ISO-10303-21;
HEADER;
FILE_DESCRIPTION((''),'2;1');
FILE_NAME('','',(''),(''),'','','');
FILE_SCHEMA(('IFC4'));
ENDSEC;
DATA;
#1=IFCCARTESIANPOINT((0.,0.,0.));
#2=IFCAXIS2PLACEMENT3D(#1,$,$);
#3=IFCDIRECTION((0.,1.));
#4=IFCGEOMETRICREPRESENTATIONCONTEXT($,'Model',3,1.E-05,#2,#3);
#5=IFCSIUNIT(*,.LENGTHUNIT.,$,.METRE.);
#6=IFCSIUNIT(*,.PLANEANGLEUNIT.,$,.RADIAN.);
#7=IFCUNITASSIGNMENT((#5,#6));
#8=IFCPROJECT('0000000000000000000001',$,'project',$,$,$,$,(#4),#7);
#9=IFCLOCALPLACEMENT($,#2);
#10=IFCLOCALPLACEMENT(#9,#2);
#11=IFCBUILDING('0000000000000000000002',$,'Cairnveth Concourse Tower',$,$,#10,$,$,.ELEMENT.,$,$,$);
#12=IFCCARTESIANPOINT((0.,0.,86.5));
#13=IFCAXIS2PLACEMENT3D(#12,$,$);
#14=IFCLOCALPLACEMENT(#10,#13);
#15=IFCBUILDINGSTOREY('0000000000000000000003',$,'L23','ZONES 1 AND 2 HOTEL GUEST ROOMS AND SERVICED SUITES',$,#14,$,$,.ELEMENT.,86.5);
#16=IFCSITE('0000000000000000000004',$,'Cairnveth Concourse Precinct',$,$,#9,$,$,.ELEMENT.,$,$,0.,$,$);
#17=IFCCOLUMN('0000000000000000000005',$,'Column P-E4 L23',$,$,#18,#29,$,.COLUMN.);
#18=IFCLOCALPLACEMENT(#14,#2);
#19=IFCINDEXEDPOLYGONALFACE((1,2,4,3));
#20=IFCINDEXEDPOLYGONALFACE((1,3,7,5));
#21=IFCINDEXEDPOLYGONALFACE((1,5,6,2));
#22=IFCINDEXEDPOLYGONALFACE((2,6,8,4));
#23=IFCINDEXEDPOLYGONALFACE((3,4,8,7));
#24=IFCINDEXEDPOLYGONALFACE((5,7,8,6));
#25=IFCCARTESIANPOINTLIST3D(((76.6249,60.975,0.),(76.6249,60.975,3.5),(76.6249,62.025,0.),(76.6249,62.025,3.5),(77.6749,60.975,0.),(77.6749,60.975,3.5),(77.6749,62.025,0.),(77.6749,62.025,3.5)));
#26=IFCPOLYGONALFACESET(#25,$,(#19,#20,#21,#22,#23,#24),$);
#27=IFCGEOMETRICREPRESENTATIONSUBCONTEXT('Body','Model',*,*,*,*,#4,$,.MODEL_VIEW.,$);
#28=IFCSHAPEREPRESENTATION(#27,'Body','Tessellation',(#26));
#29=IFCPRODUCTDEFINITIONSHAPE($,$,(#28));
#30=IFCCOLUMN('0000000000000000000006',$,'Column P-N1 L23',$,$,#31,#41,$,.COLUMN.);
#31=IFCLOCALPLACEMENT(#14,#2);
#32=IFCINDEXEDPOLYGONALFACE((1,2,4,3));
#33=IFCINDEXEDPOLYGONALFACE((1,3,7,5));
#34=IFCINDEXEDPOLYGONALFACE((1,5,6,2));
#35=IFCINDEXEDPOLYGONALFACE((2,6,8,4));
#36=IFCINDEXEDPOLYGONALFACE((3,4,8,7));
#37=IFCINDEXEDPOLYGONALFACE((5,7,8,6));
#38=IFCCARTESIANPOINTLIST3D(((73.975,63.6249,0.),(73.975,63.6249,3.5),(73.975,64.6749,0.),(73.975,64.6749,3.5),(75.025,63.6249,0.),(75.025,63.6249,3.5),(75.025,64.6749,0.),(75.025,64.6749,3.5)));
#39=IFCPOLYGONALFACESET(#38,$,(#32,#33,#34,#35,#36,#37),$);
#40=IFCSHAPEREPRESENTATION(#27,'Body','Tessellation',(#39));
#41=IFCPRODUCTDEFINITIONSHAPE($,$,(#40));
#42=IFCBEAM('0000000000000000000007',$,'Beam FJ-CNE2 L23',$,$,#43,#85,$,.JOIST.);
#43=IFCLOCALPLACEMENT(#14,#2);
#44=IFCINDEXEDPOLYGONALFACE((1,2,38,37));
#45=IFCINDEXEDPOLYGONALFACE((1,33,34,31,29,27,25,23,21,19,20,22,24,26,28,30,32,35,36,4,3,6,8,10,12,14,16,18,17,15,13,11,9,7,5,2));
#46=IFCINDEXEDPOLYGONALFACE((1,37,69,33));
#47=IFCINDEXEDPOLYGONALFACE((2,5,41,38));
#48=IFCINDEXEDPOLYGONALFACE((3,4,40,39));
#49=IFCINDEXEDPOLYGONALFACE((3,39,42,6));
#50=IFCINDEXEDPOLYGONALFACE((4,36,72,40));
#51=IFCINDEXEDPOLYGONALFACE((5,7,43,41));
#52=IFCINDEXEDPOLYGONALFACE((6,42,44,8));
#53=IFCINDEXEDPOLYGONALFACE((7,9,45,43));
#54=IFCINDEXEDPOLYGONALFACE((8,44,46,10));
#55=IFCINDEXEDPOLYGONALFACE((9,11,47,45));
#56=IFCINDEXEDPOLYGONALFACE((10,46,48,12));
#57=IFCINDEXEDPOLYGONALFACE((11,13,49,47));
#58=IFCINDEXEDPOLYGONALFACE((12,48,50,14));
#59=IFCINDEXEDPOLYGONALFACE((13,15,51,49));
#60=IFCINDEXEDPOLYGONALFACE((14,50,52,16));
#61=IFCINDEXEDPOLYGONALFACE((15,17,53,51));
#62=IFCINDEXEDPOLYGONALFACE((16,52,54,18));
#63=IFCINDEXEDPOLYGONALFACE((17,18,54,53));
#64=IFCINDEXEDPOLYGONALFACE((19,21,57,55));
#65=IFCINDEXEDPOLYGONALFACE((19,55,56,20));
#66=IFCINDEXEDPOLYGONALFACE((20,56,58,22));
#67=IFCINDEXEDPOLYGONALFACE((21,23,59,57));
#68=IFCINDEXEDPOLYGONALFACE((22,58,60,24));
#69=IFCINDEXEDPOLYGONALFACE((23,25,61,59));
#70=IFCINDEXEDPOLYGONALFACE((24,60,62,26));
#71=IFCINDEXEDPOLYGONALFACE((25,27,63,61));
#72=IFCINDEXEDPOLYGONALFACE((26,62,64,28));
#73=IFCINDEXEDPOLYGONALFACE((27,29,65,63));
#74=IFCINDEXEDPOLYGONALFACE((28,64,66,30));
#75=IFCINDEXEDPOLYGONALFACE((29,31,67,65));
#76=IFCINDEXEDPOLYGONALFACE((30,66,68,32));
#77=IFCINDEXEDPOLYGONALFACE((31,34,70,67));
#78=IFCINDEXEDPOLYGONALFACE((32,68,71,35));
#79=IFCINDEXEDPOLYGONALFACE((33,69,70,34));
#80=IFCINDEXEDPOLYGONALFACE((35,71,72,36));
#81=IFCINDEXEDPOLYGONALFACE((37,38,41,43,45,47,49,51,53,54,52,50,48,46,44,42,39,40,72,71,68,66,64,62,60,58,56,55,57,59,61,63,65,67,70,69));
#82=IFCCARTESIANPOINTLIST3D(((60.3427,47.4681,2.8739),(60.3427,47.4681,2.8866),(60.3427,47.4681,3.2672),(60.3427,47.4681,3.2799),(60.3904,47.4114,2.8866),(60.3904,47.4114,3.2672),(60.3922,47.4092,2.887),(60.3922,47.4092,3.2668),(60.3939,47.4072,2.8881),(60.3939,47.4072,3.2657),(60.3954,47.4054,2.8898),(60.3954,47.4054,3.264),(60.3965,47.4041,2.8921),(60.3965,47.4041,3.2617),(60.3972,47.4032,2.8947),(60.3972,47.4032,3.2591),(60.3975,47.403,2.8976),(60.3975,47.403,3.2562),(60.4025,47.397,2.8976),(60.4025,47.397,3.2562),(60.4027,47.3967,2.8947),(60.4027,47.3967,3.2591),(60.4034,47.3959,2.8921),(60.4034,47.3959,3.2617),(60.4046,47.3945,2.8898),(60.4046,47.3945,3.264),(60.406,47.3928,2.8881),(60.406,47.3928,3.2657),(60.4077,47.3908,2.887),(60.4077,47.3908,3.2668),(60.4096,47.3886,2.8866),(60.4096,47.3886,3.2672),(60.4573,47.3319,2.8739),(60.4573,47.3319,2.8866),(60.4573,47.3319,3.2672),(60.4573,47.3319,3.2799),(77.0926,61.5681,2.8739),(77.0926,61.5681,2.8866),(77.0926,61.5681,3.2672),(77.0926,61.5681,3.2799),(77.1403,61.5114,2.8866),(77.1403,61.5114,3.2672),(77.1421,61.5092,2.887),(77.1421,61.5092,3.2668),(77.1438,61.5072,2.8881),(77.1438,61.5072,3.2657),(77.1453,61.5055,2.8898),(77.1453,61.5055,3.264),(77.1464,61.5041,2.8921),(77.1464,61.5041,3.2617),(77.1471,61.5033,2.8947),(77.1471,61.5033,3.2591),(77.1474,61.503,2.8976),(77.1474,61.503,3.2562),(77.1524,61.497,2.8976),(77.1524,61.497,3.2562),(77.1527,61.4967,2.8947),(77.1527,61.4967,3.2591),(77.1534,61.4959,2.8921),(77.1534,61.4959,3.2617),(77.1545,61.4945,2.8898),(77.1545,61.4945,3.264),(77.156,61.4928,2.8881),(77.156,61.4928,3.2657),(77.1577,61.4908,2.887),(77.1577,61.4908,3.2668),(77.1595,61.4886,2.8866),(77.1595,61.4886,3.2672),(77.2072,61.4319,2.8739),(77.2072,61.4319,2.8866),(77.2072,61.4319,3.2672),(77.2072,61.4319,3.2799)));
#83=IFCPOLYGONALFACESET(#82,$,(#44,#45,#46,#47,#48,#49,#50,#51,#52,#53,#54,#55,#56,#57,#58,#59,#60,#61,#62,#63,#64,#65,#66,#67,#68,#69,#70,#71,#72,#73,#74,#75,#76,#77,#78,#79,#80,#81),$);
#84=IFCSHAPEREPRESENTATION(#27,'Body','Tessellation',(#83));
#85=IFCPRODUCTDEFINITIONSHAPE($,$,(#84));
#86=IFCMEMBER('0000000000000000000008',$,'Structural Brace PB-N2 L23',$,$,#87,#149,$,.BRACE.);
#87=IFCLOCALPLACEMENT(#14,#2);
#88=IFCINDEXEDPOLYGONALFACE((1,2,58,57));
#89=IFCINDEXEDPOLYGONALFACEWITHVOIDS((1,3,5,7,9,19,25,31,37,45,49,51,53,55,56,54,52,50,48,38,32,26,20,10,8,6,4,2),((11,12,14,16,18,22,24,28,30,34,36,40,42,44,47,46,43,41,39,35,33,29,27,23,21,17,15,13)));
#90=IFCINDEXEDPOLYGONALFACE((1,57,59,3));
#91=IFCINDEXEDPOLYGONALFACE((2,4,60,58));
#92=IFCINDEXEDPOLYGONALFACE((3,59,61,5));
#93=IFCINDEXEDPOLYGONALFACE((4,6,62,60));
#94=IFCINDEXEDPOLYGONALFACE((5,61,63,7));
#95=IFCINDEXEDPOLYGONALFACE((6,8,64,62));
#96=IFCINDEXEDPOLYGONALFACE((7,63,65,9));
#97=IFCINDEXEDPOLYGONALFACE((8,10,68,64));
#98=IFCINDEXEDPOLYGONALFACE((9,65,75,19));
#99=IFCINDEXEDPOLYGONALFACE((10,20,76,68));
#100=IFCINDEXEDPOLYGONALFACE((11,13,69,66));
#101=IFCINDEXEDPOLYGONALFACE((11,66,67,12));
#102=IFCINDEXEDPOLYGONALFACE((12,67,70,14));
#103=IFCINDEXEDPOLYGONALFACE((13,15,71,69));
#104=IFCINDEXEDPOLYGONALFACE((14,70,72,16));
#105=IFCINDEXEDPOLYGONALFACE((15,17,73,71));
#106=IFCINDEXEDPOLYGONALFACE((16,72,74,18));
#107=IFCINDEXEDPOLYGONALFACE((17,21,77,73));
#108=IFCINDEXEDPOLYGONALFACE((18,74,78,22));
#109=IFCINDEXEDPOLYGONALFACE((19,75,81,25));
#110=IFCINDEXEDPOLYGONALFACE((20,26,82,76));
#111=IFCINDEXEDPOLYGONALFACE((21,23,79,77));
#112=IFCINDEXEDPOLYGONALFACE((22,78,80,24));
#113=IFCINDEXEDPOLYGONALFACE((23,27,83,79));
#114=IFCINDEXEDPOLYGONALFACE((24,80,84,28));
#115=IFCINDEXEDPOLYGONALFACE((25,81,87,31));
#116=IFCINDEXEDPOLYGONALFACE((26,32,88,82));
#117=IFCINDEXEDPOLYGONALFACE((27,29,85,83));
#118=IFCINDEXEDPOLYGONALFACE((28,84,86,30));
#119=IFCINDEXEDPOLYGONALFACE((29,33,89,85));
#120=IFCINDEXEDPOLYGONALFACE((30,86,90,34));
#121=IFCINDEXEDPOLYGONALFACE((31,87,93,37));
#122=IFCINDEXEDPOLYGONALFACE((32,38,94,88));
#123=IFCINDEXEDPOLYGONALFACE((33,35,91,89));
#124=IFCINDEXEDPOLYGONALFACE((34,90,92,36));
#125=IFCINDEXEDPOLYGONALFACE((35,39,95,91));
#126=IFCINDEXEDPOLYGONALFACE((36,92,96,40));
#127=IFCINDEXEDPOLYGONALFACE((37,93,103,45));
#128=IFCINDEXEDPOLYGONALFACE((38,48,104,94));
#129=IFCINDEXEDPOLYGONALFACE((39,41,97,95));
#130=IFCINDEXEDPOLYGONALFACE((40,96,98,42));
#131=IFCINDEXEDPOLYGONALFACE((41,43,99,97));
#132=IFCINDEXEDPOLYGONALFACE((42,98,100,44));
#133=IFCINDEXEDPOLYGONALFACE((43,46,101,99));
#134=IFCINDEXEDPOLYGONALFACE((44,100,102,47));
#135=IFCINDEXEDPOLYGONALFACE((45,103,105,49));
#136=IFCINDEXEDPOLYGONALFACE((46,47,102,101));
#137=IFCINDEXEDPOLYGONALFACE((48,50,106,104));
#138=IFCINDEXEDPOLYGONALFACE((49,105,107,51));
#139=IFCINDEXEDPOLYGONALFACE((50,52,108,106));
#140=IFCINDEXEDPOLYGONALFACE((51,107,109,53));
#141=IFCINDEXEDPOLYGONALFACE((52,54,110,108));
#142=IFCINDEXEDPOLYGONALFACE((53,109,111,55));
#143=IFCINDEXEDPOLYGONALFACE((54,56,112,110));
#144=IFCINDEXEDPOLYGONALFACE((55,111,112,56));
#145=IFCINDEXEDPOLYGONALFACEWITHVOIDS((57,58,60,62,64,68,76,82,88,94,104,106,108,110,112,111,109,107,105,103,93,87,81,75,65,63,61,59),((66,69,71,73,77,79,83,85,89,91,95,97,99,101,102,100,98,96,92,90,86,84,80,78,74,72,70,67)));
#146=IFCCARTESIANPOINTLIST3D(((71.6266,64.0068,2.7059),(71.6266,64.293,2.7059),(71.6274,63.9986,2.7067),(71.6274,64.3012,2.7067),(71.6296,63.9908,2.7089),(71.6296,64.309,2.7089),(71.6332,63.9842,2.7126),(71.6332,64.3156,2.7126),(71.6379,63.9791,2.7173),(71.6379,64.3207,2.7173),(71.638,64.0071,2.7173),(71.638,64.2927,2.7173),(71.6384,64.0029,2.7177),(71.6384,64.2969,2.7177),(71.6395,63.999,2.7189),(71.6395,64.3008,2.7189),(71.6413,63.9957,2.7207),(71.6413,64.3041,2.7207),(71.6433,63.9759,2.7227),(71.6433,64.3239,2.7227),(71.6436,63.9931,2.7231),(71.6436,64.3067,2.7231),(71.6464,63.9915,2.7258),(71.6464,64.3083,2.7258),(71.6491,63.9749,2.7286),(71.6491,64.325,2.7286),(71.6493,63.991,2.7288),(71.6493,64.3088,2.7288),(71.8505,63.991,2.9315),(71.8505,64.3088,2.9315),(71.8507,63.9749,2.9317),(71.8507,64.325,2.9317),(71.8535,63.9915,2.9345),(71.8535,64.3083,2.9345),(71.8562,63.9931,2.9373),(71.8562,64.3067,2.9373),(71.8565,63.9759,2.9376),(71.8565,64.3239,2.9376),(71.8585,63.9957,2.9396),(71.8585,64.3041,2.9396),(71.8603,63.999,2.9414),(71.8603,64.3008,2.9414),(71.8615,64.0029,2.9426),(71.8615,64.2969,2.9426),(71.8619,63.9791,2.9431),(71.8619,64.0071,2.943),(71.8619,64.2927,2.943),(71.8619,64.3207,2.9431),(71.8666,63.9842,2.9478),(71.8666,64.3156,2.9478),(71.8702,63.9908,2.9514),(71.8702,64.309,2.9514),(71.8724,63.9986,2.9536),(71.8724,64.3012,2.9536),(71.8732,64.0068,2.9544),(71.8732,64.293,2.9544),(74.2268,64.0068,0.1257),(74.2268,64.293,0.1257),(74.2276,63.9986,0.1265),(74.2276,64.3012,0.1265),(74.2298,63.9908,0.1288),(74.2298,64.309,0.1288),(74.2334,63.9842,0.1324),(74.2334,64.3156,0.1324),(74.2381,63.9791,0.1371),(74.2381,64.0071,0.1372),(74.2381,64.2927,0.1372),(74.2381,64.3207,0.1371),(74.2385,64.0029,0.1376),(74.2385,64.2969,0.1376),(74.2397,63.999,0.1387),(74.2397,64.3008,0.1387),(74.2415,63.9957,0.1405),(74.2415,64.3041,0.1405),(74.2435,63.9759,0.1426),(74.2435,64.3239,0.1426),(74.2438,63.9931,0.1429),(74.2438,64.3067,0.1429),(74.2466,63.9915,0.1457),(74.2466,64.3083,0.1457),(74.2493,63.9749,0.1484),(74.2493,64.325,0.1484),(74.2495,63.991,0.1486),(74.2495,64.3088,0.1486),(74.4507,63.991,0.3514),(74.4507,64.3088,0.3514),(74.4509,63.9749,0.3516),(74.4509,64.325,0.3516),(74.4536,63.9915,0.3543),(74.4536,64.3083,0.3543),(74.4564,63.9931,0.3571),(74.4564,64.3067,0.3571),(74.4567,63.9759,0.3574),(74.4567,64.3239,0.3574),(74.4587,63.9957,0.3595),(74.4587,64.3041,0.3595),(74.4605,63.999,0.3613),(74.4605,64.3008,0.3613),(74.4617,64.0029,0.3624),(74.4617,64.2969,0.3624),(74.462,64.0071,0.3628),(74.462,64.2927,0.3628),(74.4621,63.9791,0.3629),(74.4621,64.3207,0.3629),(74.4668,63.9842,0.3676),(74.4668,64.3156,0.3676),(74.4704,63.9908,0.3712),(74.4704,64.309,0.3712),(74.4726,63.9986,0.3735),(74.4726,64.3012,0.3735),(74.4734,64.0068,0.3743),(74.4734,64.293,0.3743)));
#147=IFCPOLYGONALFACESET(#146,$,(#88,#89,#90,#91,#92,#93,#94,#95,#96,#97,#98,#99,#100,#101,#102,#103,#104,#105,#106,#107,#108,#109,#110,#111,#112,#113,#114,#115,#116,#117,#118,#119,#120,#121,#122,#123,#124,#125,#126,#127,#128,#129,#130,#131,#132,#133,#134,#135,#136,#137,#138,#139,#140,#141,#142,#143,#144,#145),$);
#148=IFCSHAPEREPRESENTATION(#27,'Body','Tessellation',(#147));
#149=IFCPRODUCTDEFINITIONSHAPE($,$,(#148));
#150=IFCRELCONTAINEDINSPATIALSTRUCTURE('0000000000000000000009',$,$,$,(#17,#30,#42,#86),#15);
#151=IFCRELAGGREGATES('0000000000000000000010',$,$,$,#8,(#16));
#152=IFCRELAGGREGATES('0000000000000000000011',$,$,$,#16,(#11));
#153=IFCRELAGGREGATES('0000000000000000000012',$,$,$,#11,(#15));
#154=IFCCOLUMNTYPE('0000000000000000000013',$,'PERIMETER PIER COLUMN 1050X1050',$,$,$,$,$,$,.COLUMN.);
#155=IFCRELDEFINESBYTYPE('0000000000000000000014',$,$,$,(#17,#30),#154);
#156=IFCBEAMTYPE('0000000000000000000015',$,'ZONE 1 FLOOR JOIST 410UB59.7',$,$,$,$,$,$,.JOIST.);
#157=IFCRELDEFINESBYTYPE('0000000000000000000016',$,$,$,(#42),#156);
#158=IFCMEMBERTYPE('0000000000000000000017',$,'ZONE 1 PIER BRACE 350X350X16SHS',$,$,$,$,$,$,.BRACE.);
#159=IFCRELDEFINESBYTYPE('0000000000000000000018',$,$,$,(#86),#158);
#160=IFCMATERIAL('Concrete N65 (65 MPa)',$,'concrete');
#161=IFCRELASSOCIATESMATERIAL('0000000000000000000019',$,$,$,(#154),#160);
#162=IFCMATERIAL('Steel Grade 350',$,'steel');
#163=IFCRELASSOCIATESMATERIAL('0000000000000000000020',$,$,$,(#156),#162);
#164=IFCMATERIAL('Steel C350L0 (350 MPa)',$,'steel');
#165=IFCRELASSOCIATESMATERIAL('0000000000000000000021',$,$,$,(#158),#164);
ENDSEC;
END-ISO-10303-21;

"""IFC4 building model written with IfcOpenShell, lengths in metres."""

from ifc_helpers import new_model, si_unit, direction, frame, origin, origin_2d, place, context, subcontext, project, spatial, rectangle, hollow_rectangle, i_section, extrude, material, material_profile, profile_set, type_object, element, save


model = new_model("IFC4")

# Units and contexts
model_context = context("Model", 3, precision=1e-05, world=origin(), true_north=direction((0.0, 1.0)))
body_context = subcontext(model_context, "Body", "Model", "MODEL_VIEW")
ifc_project = project(units=[si_unit("LENGTHUNIT", "METRE"), si_unit("PLANEANGLEUNIT", "RADIAN")], contexts=[model_context])

# Site, building, storey
site_placement = place(None, origin())
site = spatial("IfcSite", under=ifc_project, at=site_placement, Name="Cairnveth Concourse Precinct", CompositionType="ELEMENT", RefElevation=0.0)
building_placement = place(site_placement, origin())
building = spatial("IfcBuilding", under=site, at=building_placement, Name="Cairnveth Concourse Tower", CompositionType="ELEMENT")
storey_placement = place(building_placement, frame((0.0, 0.0, 86.5)))
storey = spatial("IfcBuildingStorey", under=building, at=storey_placement, Name="L23", Description="ZONES 1 AND 2 HOTEL GUEST ROOMS AND SERVICED SUITES", CompositionType="ELEMENT", Elevation=86.5)

# Columns
ifc_material_1 = material(Name="Concrete N65 (65 MPa)", Category="concrete")
ifc_material_profile_1 = material_profile(ifc_material_1, rectangle(XDim=1.05, YDim=1.05, at=origin_2d()), Name="RC-COL-1050x1050")
ifc_profile_set_1 = profile_set([ifc_material_profile_1], Name="Concrete N65 (65 MPa)")
column_type = type_object("IfcColumnType", Name="PERIMETER PIER COLUMN 1050X1050", PredefinedType="COLUMN", material=ifc_profile_set_1)
for number, where, z_axis, x_axis, name in (
    (1, (77.1499, 61.5, 0.0), (0.0, 0.0, 1.0), (0.0, 1.0, 0.0), "Column P-E4 L23"),
    (2, (74.5, 64.1499, 0.0), (0.0, 0.0, 1.0), (1.0, 0.0, 0.0), "Column P-N1 L23"),
):
    element("IfcColumn", number, at=place(storey_placement, frame(where, z_axis=z_axis, x_axis=x_axis)), inside=storey, type_object=column_type, Name=name, PredefinedType="COLUMN", context=body_context, shape_type="SweptSolid", body=[
        extrude(rectangle(XDim=1.05, YDim=1.05, at=origin_2d()), origin(), (0.0, 0.0, 1.0), 3.5),
    ])

# Beam
ifc_material_2 = material(Name="Steel Grade 350", Category="steel")
ifc_material_profile_2 = material_profile(ifc_material_2, i_section(OverallWidth=0.178, OverallDepth=0.406, WebThickness=0.0078, FlangeThickness=0.0127, FilletRadius=0.011, at=origin_2d()), Name="410UB59.7")
ifc_profile_set_2 = profile_set([ifc_material_profile_2], Name="Steel Grade 350")
beam_type_1 = type_object("IfcBeamType", Name="ZONE 1 FLOOR JOIST 410UB59.7", PredefinedType="JOIST", material=ifc_profile_set_2)
beam_1_placement = place(storey_placement, frame((77.1499, 61.5, 3.0769), z_axis=(-0.765027, -0.643998, 0.0), x_axis=(0.643998, -0.765027, 0.0)))
element("IfcBeam", 3, at=beam_1_placement, inside=storey, type_object=beam_type_1, Name="Beam FJ-CNE2 L23", PredefinedType="JOIST", context=body_context, shape_type="SweptSolid", body=[
    extrude(i_section(OverallWidth=0.178, OverallDepth=0.406, WebThickness=0.0078, FlangeThickness=0.0127, FilletRadius=0.011, at=origin_2d()), origin(), (0.0, 0.0, 1.0), 21.8945),
])

# Member
ifc_material_3 = material(Name="Steel C350L0 (350 MPa)", Category="steel")
ifc_material_profile_3 = material_profile(ifc_material_3, hollow_rectangle(XDim=0.3501, YDim=0.3501, WallThickness=0.0161, InnerFilletRadius=0.0161, OuterFilletRadius=0.032, at=origin_2d()), Name="350x350x16.0SHS")
ifc_profile_set_3 = profile_set([ifc_material_profile_3], Name="Steel C350L0 (350 MPa)")
member_type = type_object("IfcMemberType", Name="ZONE 1 PIER BRACE 350X350X16SHS", PredefinedType="BRACE", material=ifc_profile_set_3)
for number, where, z_axis, x_axis, name in (
    (4, (74.3501, 64.1499, 0.25), (-0.709834, 0.0, 0.704369), (0.0, -1.0, 0.0), "Structural Brace PB-N2 L23"),
):
    element("IfcMember", number, at=place(storey_placement, frame(where, z_axis=z_axis, x_axis=x_axis)), inside=storey, type_object=member_type, Name=name, PredefinedType="BRACE", context=body_context, shape_type="SweptSolid", body=[
        extrude(hollow_rectangle(XDim=0.3501, YDim=0.3501, WallThickness=0.0161, InnerFilletRadius=0.0161, OuterFilletRadius=0.032, at=origin_2d()), origin(), (0.0, 0.0, 1.0), 3.6631),
    ])

save(model, "model.ifc")
